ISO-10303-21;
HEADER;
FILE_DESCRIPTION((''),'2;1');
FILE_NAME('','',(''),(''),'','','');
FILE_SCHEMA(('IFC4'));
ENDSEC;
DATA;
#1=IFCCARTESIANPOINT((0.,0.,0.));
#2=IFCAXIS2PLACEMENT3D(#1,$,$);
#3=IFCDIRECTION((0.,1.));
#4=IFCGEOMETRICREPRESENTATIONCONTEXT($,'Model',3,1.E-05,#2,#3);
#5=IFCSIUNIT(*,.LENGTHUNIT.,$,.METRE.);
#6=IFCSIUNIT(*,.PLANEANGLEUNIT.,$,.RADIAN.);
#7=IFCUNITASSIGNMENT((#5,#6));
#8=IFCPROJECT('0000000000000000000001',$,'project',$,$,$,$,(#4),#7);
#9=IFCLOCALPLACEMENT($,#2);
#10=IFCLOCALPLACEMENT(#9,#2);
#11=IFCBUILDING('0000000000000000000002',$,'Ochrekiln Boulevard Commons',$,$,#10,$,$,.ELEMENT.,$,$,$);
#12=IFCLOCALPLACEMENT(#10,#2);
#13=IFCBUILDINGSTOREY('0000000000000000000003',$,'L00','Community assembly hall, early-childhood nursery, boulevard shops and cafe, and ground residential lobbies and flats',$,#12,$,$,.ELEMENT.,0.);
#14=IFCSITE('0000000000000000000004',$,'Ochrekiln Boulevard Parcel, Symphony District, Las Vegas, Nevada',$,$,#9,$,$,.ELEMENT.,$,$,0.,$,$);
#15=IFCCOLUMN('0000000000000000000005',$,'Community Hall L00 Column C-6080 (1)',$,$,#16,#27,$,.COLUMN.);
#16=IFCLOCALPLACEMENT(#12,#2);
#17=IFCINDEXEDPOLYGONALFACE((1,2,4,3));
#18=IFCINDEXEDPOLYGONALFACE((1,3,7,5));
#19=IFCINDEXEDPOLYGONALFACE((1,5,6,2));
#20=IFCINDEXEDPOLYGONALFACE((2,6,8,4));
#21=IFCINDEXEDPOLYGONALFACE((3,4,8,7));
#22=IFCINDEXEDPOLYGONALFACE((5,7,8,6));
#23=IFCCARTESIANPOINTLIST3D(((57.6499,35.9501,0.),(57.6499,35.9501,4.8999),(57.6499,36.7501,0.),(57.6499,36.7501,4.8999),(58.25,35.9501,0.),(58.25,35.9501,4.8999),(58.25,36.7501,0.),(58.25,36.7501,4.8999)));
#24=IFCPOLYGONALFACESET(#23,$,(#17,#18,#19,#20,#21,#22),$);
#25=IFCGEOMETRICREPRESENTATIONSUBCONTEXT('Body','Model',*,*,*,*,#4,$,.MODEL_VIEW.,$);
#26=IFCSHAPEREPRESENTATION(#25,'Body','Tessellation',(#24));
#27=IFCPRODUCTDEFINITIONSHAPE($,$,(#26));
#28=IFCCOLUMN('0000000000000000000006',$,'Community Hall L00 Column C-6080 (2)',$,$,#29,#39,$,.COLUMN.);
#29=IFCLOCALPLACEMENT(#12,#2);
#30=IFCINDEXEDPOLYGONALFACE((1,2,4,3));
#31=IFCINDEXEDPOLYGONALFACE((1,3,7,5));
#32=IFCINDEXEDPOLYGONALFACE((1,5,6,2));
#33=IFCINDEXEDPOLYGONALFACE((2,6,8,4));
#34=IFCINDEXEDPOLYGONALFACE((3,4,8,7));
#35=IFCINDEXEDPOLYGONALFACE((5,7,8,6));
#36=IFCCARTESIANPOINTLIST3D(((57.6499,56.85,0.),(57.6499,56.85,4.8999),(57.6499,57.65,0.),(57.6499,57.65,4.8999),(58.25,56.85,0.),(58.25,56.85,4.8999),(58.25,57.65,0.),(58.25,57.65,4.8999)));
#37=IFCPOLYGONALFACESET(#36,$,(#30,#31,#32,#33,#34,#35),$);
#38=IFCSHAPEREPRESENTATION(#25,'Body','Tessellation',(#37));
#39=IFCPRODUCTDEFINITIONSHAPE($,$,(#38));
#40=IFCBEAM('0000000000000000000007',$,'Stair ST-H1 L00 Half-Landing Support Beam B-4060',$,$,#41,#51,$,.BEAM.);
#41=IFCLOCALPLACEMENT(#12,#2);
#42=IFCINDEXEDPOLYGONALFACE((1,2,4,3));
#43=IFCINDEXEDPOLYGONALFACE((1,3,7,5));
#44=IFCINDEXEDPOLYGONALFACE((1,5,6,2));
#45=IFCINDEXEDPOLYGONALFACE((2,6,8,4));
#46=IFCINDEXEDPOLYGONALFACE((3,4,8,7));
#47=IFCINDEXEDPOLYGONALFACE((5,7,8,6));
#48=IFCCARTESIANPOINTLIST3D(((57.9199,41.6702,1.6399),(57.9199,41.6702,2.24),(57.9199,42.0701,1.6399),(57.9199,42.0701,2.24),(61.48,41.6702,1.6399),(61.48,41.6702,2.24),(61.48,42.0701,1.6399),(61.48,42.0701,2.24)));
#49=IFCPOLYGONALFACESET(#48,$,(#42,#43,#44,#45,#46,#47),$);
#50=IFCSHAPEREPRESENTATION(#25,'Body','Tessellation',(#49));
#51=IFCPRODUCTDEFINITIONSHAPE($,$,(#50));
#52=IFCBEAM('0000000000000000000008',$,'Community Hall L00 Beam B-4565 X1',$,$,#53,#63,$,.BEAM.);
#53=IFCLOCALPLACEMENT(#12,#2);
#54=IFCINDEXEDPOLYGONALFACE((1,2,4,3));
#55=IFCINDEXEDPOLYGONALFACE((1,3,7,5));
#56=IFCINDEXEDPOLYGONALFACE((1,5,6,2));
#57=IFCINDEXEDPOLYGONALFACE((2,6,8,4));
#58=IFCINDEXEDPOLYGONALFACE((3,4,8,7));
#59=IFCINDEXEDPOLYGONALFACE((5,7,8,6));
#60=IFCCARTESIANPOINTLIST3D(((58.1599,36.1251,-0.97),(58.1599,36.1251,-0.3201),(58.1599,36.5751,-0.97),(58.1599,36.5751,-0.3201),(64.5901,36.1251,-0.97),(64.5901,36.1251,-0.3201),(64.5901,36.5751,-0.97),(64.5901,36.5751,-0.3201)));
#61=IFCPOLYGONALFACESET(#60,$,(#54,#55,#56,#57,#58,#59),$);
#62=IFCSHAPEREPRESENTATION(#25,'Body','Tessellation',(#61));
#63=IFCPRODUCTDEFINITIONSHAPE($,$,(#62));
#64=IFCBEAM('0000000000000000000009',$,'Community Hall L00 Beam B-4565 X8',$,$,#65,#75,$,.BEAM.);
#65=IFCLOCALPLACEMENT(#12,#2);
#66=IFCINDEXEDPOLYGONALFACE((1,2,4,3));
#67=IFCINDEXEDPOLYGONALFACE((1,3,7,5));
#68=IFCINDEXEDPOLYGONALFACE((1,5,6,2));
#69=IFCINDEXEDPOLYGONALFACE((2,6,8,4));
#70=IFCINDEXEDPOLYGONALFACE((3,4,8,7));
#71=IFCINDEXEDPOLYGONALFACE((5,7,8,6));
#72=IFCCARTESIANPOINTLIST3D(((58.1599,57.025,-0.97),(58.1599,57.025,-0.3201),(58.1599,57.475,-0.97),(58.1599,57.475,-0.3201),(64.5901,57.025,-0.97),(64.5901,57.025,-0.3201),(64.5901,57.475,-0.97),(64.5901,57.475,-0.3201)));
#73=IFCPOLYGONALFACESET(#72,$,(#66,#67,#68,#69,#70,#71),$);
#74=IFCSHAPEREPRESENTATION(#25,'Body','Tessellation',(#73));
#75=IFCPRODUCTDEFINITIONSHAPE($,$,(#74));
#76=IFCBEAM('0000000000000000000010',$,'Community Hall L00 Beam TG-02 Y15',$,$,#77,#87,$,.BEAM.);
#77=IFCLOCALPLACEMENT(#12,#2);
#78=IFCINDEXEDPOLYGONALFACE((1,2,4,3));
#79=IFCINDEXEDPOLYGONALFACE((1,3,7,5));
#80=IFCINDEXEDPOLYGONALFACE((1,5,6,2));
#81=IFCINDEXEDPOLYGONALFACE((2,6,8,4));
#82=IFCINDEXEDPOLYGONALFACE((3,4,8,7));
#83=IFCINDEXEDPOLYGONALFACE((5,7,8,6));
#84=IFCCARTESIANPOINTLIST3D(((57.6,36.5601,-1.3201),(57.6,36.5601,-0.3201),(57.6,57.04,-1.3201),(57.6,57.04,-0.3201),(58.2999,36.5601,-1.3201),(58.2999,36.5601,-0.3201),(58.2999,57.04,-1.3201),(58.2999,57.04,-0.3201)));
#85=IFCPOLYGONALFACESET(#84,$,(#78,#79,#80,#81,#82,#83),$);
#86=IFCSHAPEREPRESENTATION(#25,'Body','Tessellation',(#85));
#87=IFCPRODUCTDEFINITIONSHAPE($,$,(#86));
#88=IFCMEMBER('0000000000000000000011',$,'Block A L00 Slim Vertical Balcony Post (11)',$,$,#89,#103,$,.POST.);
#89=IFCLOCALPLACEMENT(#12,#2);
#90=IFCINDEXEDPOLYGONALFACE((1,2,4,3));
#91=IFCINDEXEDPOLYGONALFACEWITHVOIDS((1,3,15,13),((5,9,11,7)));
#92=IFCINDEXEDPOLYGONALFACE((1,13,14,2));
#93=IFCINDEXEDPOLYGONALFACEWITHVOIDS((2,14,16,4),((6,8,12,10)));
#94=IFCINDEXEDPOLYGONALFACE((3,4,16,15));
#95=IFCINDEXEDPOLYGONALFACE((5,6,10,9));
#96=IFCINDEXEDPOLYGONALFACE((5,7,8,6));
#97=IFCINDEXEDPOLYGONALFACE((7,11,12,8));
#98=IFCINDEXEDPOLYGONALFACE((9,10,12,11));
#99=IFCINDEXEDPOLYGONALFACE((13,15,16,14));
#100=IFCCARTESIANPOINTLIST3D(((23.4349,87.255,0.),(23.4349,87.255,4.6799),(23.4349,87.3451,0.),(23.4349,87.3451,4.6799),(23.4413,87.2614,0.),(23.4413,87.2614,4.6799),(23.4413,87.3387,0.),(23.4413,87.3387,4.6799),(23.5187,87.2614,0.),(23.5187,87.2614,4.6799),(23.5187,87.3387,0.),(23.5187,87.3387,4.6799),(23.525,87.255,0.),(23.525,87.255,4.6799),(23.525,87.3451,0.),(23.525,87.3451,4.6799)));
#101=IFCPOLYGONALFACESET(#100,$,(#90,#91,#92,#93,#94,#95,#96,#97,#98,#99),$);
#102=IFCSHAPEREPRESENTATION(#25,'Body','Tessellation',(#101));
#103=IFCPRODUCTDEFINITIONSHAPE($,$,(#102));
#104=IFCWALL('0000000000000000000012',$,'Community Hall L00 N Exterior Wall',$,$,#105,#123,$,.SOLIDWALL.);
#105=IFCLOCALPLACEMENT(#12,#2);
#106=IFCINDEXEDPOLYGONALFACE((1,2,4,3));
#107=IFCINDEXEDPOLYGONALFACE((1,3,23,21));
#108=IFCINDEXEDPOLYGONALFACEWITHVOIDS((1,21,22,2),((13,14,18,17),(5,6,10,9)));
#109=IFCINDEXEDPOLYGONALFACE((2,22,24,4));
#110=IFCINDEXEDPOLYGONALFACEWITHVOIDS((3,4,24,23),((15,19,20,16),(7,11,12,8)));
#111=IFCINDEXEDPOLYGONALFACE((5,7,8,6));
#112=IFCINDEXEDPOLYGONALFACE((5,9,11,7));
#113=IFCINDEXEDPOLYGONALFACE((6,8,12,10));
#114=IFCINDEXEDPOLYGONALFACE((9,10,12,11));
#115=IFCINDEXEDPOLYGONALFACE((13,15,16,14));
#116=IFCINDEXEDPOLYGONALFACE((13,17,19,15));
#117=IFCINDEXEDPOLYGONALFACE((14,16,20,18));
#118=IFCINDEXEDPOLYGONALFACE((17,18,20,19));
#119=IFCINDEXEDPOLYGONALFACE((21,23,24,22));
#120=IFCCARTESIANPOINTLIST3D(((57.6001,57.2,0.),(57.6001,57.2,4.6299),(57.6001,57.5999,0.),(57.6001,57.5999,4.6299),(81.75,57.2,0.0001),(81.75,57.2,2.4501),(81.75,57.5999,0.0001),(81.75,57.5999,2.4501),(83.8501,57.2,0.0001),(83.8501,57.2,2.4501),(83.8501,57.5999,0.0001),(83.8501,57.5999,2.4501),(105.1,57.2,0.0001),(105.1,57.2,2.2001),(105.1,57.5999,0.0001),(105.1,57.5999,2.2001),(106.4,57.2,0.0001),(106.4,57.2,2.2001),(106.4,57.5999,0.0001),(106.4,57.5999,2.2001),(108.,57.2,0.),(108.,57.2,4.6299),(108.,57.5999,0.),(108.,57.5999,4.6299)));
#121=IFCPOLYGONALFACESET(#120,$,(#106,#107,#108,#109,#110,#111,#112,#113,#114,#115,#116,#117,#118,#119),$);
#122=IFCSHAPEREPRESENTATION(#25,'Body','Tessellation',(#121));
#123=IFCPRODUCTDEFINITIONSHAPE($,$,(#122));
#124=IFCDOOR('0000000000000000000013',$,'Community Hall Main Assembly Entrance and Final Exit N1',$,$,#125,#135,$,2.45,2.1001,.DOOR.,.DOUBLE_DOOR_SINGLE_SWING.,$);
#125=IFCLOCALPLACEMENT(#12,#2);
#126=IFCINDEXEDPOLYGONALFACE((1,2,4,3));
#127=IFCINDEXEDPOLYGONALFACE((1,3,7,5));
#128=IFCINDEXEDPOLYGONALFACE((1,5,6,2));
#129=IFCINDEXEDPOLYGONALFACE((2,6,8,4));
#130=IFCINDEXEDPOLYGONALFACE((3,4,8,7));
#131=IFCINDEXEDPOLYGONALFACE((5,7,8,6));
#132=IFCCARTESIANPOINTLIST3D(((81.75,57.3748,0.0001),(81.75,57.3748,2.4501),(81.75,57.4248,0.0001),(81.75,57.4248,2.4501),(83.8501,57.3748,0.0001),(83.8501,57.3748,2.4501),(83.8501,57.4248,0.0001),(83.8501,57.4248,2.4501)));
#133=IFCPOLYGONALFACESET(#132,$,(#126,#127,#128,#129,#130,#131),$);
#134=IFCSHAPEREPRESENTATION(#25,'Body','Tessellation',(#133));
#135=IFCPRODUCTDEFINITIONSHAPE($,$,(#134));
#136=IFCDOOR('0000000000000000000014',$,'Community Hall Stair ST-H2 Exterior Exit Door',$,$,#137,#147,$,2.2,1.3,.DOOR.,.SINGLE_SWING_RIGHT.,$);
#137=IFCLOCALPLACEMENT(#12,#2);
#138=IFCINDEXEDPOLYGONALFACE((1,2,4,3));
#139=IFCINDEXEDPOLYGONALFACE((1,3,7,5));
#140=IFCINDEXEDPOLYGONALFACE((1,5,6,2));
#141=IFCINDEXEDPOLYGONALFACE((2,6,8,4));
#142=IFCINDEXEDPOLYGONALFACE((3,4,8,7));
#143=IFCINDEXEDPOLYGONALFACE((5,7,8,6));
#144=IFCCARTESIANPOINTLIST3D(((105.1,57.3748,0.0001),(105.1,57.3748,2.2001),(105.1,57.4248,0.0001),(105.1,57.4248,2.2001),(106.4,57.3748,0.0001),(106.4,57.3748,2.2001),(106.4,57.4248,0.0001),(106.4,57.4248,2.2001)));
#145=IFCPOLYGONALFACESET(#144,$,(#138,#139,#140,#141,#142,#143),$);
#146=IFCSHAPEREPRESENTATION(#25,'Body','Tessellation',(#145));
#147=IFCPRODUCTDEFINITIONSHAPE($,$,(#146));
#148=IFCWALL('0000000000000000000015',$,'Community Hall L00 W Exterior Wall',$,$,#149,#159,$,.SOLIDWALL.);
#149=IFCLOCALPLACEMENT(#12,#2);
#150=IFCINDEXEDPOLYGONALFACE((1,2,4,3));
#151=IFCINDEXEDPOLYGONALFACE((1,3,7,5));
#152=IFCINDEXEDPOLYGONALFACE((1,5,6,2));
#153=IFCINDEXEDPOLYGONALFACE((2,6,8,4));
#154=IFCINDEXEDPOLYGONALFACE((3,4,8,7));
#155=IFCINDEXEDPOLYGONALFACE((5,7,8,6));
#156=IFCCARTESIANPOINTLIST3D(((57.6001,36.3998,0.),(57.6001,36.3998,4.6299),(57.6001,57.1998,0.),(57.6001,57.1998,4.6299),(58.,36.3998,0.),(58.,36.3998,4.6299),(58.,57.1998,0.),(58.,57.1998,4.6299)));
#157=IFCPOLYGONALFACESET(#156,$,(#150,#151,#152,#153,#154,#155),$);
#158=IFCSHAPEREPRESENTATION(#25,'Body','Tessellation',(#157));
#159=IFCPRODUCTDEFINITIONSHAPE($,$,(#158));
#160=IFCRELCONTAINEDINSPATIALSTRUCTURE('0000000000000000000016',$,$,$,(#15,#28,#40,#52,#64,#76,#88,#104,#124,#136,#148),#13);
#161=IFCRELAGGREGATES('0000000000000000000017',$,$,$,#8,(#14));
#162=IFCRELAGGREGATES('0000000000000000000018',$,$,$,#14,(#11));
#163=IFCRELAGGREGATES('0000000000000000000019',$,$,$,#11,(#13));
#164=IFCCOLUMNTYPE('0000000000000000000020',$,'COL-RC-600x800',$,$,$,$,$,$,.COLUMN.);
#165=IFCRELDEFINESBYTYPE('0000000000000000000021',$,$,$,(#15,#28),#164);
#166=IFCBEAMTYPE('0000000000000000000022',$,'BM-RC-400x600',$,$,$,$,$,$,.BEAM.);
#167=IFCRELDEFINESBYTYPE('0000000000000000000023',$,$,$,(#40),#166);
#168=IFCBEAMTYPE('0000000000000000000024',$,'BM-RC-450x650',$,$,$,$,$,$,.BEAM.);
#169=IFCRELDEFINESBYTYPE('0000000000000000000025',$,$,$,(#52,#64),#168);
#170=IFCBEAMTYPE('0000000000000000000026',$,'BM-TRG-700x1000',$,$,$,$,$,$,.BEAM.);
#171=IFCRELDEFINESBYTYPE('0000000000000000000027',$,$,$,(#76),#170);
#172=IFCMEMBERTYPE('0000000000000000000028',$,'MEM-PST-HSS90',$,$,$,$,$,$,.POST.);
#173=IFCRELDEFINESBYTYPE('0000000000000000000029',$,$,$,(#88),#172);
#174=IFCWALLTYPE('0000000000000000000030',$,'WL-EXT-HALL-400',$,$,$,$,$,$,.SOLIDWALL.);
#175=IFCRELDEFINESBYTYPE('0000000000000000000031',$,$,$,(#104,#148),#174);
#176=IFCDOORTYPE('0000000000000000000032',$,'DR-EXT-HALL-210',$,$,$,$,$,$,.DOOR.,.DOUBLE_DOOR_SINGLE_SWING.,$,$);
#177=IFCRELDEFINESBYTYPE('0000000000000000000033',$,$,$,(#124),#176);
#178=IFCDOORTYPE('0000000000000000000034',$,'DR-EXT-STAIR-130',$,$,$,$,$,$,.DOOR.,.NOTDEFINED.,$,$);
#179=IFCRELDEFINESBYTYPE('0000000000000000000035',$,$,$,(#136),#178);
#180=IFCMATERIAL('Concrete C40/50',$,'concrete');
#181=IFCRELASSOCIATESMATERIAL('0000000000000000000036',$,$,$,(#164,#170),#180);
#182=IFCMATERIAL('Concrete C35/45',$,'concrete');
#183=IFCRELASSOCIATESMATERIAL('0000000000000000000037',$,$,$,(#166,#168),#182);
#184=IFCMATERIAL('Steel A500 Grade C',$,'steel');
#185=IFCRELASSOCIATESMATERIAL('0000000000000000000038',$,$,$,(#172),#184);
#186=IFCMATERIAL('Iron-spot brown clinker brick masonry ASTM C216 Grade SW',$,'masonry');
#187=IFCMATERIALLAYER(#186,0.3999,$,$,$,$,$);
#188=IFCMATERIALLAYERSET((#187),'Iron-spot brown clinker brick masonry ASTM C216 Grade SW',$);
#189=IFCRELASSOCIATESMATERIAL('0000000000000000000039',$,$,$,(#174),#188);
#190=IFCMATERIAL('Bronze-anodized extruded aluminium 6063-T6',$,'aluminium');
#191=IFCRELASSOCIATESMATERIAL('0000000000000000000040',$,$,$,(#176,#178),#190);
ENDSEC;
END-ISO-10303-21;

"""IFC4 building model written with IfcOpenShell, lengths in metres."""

from ifc_helpers import new_model, si_unit, direction, frame, frame_2d, origin, origin_2d, place, context, subcontext, project, spatial, rectangle, hollow_rectangle, extrude, material, layer, layer_set, material_profile, profile_set, type_object, element, fill, save


model = new_model("IFC4")

# Units and contexts
model_context = context("Model", 3, precision=1e-05, world=origin(), true_north=direction((0.0, 1.0)))
body_context = subcontext(model_context, "Body", "Model", "MODEL_VIEW")
ifc_project = project(units=[si_unit("LENGTHUNIT", "METRE"), si_unit("PLANEANGLEUNIT", "RADIAN")], contexts=[model_context])

# Site, building, storey
site_placement = place(None, origin())
site = spatial("IfcSite", under=ifc_project, at=site_placement, Name="Ochrekiln Boulevard Parcel, Symphony District, Las Vegas, Nevada", CompositionType="ELEMENT", RefElevation=0.0)
building_placement = place(site_placement, origin())
building = spatial("IfcBuilding", under=site, at=building_placement, Name="Ochrekiln Boulevard Commons", CompositionType="ELEMENT")
storey_placement = place(building_placement, origin())
storey = spatial("IfcBuildingStorey", under=building, at=storey_placement, Name="L00", Description="Community assembly hall, early-childhood nursery, boulevard shops and cafe, and ground residential lobbies and flats", CompositionType="ELEMENT", Elevation=0.0)

# Columns
ifc_material_1 = material(Name="Concrete C40/50", Category="concrete")
ifc_material_profile_1 = material_profile(ifc_material_1, rectangle(XDim=0.6001, YDim=0.8, at=origin_2d()), Name="RC-COL-600x800")
ifc_profile_set_1 = profile_set([ifc_material_profile_1], Name="Concrete C40/50")
column_type = type_object("IfcColumnType", Name="COL-RC-600x800", PredefinedType="COLUMN", material=ifc_profile_set_1)
for number, where, z_axis, x_axis, name in (
    (1, (57.95, 36.3501, 0.0), (0.0, 0.0, 1.0), (1.0, 0.0, 0.0), "Community Hall L00 Column C-6080 (1)"),
    (2, (57.95, 57.25, 0.0), (0.0, 0.0, 1.0), (1.0, 0.0, 0.0), "Community Hall L00 Column C-6080 (2)"),
):
    element("IfcColumn", number, at=place(storey_placement, frame(where, z_axis=z_axis, x_axis=x_axis)), inside=storey, type_object=column_type, Name=name, PredefinedType="COLUMN", context=body_context, shape_type="SweptSolid", body=[
        extrude(rectangle(XDim=0.6001, YDim=0.8, at=origin_2d()), origin(), (0.0, 0.0, 1.0), 4.8999),
    ])

# Beams
ifc_material_2 = material(Name="Concrete C35/45", Category="concrete")
ifc_material_profile_2 = material_profile(ifc_material_2, rectangle(XDim=0.3999, YDim=0.6001, at=origin_2d()), Name="RC-BM-400x600")
ifc_profile_set_2 = profile_set([ifc_material_profile_2], Name="Concrete C35/45")
beam_type_1 = type_object("IfcBeamType", Name="BM-RC-400x600", PredefinedType="BEAM", material=ifc_profile_set_2)
beam_1_placement = place(storey_placement, frame((57.9199, 41.8701, 1.9399), z_axis=(1.0, 0.0, 0.0), x_axis=(0.0, 1.0, 0.0)))
element("IfcBeam", 3, at=beam_1_placement, inside=storey, type_object=beam_type_1, Name="Stair ST-H1 L00 Half-Landing Support Beam B-4060", PredefinedType="BEAM", context=body_context, shape_type="SweptSolid", body=[
    extrude(rectangle(XDim=0.3999, YDim=0.6001, at=origin_2d()), origin(), (0.0, 0.0, 1.0), 3.5601),
])
ifc_material_profile_3 = material_profile(ifc_material_2, rectangle(XDim=0.45, YDim=0.6499, at=origin_2d()), Name="RC-BM-450x650")
ifc_profile_set_3 = profile_set([ifc_material_profile_3], Name="Concrete C35/45")
beam_type_2 = type_object("IfcBeamType", Name="BM-RC-450x650", PredefinedType="BEAM", material=ifc_profile_set_3)
for number, where, z_axis, x_axis, name in (
    (4, (58.1599, 36.3501, -0.645), (1.0, 0.0, 0.0), (0.0, 1.0, 0.0), "Community Hall L00 Beam B-4565 X1"),
    (5, (58.1599, 57.25, -0.645), (1.0, 0.0, 0.0), (0.0, 1.0, 0.0), "Community Hall L00 Beam B-4565 X8"),
):
    element("IfcBeam", number, at=place(storey_placement, frame(where, z_axis=z_axis, x_axis=x_axis)), inside=storey, type_object=beam_type_2, Name=name, PredefinedType="BEAM", context=body_context, shape_type="SweptSolid", body=[
        extrude(rectangle(XDim=0.45, YDim=0.6499, at=origin_2d()), origin(), (0.0, 0.0, 1.0), 6.4302),
    ])
ifc_material_profile_4 = material_profile(ifc_material_1, rectangle(XDim=0.7, YDim=1.0, at=origin_2d()), Name="RC-TRG-700x1000")
ifc_profile_set_4 = profile_set([ifc_material_profile_4], Name="Concrete C40/50")
beam_type_3 = type_object("IfcBeamType", Name="BM-TRG-700x1000", PredefinedType="BEAM", material=ifc_profile_set_4)
beam_2_placement = place(storey_placement, frame((57.95, 36.5601, -0.8201), z_axis=(0.0, 1.0, 0.0), x_axis=(-1.0, 0.0, 0.0)))
element("IfcBeam", 6, at=beam_2_placement, inside=storey, type_object=beam_type_3, Name="Community Hall L00 Beam TG-02 Y15", PredefinedType="BEAM", context=body_context, shape_type="SweptSolid", body=[
    extrude(rectangle(XDim=0.7, YDim=1.0, at=origin_2d()), origin(), (0.0, 0.0, 1.0), 20.48),
])

# Member
ifc_material_3 = material(Name="Steel A500 Grade C", Category="steel")
ifc_material_profile_5 = material_profile(ifc_material_3, hollow_rectangle(XDim=0.0901, YDim=0.0901, WallThickness=0.0063, at=origin_2d()), Name="HSS90X90X6.4")
ifc_profile_set_5 = profile_set([ifc_material_profile_5], Name="Steel A500 Grade C")
member_type = type_object("IfcMemberType", Name="MEM-PST-HSS90", PredefinedType="POST", material=ifc_profile_set_5)
member_placement = place(storey_placement, frame((23.48, 87.3, 0.0), z_axis=(0.0, 0.0, 1.0), x_axis=(1.0, 0.0, 0.0)))
element("IfcMember", 7, at=member_placement, inside=storey, type_object=member_type, Name="Block A L00 Slim Vertical Balcony Post (11)", PredefinedType="POST", context=body_context, shape_type="SweptSolid", body=[
    extrude(hollow_rectangle(XDim=0.0901, YDim=0.0901, WallThickness=0.0063, at=origin_2d()), origin(), (0.0, 0.0, 1.0), 4.6799),
])

# Wall, openings, doors
ifc_material_4 = material(Name="Iron-spot brown clinker brick masonry ASTM C216 Grade SW", Category="masonry")
ifc_layer_1 = layer(ifc_material_4, 0.3999)
ifc_layer_set_1 = layer_set([ifc_layer_1], Name="Iron-spot brown clinker brick masonry ASTM C216 Grade SW")
wall_type_1 = type_object("IfcWallType", Name="WL-EXT-HALL-400", PredefinedType="SOLIDWALL", material=ifc_layer_set_1)
wall_1_placement = place(storey_placement, frame((57.6001, 57.3999, 0.0), z_axis=(0.0, 0.0, 1.0), x_axis=(1.0, 0.0, 0.0)))
wall_1 = element("IfcWall", 8, at=wall_1_placement, inside=storey, type_object=wall_type_1, Name="Community Hall L00 N Exterior Wall", PredefinedType="SOLIDWALL", context=body_context, shape_type="SweptSolid", body=[
    extrude(rectangle(XDim=50.3999, YDim=0.3999, at=frame_2d((25.2, 0.0))), origin(), (0.0, 0.0, 1.0), 4.6299),
])
opening_1_placement = place(wall_1_placement, frame((47.5, 0.0, 0.0)))
opening_1 = element("IfcOpeningElement", 9, at=opening_1_placement, cuts=wall_1, PredefinedType="OPENING", context=body_context, shape_type="SweptSolid", body=[
    extrude(rectangle(XDim=1.3, YDim=2.2, at=frame_2d((0.6499, 1.1001))), frame((0.0, 0.21, 0.0), z_axis=(0.0, -1.0, 0.0), x_axis=(1.0, 0.0, 0.0)), (0.0, 0.0, 1.0), 0.4199),
])
opening_2_placement = place(wall_1_placement, frame((24.1499, 0.0, 0.0)))
opening_2 = element("IfcOpeningElement", 10, at=opening_2_placement, cuts=wall_1, PredefinedType="OPENING", context=body_context, shape_type="SweptSolid", body=[
    extrude(rectangle(XDim=2.1001, YDim=2.45, at=frame_2d((1.05, 1.2251))), frame((0.0, 0.21, 0.0), z_axis=(0.0, -1.0, 0.0), x_axis=(1.0, 0.0, 0.0)), (0.0, 0.0, 1.0), 0.4199),
])
ifc_material_5 = material(Name="Bronze-anodized extruded aluminium 6063-T6", Category="aluminium")
door_type_1 = type_object("IfcDoorType", Name="DR-EXT-HALL-210", OperationType="DOUBLE_DOOR_SINGLE_SWING", PredefinedType="DOOR", material=ifc_material_5)
door_1_placement = place(opening_2_placement, origin())
door_1 = element("IfcDoor", 11, at=door_1_placement, inside=storey, type_object=door_type_1, Name="Community Hall Main Assembly Entrance and Final Exit N1", OperationType="DOUBLE_DOOR_SINGLE_SWING", OverallHeight=2.45, OverallWidth=2.1001, PredefinedType="DOOR", context=body_context, shape_type="SweptSolid", body=[
    extrude(rectangle(XDim=2.1001, YDim=2.45, at=frame_2d((1.05, 1.2251))), frame((0.0, 0.0249, 0.0), z_axis=(0.0, -1.0, 0.0), x_axis=(1.0, 0.0, 0.0)), (0.0, 0.0, 1.0), 0.05),
])
fill(opening_2, door_1)
door_type_2 = type_object("IfcDoorType", Name="DR-EXT-STAIR-130", OperationType="NOTDEFINED", PredefinedType="DOOR", material=ifc_material_5)
door_2_placement = place(opening_1_placement, origin())
door_2 = element("IfcDoor", 12, at=door_2_placement, inside=storey, type_object=door_type_2, Name="Community Hall Stair ST-H2 Exterior Exit Door", OperationType="SINGLE_SWING_RIGHT", OverallHeight=2.2, OverallWidth=1.3, PredefinedType="DOOR", context=body_context, shape_type="SweptSolid", body=[
    extrude(rectangle(XDim=1.3, YDim=2.2, at=frame_2d((0.6499, 1.1001))), frame((0.0, 0.0249, 0.0), z_axis=(0.0, -1.0, 0.0), x_axis=(1.0, 0.0, 0.0)), (0.0, 0.0, 1.0), 0.05),
])
fill(opening_1, door_2)

# Wall
wall_2_placement = place(storey_placement, frame((57.8, 36.3999, 0.0), z_axis=(0.0, 0.0, 1.0), x_axis=(0.0, 1.0, 0.0)))
element("IfcWall", 13, at=wall_2_placement, inside=storey, type_object=wall_type_1, Name="Community Hall L00 W Exterior Wall", PredefinedType="SOLIDWALL", context=body_context, shape_type="SweptSolid", body=[
    extrude(rectangle(XDim=20.8, YDim=0.3999, at=frame_2d((10.3999, 0.0))), origin(), (0.0, 0.0, 1.0), 4.6299),
])

save(model, "model.ifc")
